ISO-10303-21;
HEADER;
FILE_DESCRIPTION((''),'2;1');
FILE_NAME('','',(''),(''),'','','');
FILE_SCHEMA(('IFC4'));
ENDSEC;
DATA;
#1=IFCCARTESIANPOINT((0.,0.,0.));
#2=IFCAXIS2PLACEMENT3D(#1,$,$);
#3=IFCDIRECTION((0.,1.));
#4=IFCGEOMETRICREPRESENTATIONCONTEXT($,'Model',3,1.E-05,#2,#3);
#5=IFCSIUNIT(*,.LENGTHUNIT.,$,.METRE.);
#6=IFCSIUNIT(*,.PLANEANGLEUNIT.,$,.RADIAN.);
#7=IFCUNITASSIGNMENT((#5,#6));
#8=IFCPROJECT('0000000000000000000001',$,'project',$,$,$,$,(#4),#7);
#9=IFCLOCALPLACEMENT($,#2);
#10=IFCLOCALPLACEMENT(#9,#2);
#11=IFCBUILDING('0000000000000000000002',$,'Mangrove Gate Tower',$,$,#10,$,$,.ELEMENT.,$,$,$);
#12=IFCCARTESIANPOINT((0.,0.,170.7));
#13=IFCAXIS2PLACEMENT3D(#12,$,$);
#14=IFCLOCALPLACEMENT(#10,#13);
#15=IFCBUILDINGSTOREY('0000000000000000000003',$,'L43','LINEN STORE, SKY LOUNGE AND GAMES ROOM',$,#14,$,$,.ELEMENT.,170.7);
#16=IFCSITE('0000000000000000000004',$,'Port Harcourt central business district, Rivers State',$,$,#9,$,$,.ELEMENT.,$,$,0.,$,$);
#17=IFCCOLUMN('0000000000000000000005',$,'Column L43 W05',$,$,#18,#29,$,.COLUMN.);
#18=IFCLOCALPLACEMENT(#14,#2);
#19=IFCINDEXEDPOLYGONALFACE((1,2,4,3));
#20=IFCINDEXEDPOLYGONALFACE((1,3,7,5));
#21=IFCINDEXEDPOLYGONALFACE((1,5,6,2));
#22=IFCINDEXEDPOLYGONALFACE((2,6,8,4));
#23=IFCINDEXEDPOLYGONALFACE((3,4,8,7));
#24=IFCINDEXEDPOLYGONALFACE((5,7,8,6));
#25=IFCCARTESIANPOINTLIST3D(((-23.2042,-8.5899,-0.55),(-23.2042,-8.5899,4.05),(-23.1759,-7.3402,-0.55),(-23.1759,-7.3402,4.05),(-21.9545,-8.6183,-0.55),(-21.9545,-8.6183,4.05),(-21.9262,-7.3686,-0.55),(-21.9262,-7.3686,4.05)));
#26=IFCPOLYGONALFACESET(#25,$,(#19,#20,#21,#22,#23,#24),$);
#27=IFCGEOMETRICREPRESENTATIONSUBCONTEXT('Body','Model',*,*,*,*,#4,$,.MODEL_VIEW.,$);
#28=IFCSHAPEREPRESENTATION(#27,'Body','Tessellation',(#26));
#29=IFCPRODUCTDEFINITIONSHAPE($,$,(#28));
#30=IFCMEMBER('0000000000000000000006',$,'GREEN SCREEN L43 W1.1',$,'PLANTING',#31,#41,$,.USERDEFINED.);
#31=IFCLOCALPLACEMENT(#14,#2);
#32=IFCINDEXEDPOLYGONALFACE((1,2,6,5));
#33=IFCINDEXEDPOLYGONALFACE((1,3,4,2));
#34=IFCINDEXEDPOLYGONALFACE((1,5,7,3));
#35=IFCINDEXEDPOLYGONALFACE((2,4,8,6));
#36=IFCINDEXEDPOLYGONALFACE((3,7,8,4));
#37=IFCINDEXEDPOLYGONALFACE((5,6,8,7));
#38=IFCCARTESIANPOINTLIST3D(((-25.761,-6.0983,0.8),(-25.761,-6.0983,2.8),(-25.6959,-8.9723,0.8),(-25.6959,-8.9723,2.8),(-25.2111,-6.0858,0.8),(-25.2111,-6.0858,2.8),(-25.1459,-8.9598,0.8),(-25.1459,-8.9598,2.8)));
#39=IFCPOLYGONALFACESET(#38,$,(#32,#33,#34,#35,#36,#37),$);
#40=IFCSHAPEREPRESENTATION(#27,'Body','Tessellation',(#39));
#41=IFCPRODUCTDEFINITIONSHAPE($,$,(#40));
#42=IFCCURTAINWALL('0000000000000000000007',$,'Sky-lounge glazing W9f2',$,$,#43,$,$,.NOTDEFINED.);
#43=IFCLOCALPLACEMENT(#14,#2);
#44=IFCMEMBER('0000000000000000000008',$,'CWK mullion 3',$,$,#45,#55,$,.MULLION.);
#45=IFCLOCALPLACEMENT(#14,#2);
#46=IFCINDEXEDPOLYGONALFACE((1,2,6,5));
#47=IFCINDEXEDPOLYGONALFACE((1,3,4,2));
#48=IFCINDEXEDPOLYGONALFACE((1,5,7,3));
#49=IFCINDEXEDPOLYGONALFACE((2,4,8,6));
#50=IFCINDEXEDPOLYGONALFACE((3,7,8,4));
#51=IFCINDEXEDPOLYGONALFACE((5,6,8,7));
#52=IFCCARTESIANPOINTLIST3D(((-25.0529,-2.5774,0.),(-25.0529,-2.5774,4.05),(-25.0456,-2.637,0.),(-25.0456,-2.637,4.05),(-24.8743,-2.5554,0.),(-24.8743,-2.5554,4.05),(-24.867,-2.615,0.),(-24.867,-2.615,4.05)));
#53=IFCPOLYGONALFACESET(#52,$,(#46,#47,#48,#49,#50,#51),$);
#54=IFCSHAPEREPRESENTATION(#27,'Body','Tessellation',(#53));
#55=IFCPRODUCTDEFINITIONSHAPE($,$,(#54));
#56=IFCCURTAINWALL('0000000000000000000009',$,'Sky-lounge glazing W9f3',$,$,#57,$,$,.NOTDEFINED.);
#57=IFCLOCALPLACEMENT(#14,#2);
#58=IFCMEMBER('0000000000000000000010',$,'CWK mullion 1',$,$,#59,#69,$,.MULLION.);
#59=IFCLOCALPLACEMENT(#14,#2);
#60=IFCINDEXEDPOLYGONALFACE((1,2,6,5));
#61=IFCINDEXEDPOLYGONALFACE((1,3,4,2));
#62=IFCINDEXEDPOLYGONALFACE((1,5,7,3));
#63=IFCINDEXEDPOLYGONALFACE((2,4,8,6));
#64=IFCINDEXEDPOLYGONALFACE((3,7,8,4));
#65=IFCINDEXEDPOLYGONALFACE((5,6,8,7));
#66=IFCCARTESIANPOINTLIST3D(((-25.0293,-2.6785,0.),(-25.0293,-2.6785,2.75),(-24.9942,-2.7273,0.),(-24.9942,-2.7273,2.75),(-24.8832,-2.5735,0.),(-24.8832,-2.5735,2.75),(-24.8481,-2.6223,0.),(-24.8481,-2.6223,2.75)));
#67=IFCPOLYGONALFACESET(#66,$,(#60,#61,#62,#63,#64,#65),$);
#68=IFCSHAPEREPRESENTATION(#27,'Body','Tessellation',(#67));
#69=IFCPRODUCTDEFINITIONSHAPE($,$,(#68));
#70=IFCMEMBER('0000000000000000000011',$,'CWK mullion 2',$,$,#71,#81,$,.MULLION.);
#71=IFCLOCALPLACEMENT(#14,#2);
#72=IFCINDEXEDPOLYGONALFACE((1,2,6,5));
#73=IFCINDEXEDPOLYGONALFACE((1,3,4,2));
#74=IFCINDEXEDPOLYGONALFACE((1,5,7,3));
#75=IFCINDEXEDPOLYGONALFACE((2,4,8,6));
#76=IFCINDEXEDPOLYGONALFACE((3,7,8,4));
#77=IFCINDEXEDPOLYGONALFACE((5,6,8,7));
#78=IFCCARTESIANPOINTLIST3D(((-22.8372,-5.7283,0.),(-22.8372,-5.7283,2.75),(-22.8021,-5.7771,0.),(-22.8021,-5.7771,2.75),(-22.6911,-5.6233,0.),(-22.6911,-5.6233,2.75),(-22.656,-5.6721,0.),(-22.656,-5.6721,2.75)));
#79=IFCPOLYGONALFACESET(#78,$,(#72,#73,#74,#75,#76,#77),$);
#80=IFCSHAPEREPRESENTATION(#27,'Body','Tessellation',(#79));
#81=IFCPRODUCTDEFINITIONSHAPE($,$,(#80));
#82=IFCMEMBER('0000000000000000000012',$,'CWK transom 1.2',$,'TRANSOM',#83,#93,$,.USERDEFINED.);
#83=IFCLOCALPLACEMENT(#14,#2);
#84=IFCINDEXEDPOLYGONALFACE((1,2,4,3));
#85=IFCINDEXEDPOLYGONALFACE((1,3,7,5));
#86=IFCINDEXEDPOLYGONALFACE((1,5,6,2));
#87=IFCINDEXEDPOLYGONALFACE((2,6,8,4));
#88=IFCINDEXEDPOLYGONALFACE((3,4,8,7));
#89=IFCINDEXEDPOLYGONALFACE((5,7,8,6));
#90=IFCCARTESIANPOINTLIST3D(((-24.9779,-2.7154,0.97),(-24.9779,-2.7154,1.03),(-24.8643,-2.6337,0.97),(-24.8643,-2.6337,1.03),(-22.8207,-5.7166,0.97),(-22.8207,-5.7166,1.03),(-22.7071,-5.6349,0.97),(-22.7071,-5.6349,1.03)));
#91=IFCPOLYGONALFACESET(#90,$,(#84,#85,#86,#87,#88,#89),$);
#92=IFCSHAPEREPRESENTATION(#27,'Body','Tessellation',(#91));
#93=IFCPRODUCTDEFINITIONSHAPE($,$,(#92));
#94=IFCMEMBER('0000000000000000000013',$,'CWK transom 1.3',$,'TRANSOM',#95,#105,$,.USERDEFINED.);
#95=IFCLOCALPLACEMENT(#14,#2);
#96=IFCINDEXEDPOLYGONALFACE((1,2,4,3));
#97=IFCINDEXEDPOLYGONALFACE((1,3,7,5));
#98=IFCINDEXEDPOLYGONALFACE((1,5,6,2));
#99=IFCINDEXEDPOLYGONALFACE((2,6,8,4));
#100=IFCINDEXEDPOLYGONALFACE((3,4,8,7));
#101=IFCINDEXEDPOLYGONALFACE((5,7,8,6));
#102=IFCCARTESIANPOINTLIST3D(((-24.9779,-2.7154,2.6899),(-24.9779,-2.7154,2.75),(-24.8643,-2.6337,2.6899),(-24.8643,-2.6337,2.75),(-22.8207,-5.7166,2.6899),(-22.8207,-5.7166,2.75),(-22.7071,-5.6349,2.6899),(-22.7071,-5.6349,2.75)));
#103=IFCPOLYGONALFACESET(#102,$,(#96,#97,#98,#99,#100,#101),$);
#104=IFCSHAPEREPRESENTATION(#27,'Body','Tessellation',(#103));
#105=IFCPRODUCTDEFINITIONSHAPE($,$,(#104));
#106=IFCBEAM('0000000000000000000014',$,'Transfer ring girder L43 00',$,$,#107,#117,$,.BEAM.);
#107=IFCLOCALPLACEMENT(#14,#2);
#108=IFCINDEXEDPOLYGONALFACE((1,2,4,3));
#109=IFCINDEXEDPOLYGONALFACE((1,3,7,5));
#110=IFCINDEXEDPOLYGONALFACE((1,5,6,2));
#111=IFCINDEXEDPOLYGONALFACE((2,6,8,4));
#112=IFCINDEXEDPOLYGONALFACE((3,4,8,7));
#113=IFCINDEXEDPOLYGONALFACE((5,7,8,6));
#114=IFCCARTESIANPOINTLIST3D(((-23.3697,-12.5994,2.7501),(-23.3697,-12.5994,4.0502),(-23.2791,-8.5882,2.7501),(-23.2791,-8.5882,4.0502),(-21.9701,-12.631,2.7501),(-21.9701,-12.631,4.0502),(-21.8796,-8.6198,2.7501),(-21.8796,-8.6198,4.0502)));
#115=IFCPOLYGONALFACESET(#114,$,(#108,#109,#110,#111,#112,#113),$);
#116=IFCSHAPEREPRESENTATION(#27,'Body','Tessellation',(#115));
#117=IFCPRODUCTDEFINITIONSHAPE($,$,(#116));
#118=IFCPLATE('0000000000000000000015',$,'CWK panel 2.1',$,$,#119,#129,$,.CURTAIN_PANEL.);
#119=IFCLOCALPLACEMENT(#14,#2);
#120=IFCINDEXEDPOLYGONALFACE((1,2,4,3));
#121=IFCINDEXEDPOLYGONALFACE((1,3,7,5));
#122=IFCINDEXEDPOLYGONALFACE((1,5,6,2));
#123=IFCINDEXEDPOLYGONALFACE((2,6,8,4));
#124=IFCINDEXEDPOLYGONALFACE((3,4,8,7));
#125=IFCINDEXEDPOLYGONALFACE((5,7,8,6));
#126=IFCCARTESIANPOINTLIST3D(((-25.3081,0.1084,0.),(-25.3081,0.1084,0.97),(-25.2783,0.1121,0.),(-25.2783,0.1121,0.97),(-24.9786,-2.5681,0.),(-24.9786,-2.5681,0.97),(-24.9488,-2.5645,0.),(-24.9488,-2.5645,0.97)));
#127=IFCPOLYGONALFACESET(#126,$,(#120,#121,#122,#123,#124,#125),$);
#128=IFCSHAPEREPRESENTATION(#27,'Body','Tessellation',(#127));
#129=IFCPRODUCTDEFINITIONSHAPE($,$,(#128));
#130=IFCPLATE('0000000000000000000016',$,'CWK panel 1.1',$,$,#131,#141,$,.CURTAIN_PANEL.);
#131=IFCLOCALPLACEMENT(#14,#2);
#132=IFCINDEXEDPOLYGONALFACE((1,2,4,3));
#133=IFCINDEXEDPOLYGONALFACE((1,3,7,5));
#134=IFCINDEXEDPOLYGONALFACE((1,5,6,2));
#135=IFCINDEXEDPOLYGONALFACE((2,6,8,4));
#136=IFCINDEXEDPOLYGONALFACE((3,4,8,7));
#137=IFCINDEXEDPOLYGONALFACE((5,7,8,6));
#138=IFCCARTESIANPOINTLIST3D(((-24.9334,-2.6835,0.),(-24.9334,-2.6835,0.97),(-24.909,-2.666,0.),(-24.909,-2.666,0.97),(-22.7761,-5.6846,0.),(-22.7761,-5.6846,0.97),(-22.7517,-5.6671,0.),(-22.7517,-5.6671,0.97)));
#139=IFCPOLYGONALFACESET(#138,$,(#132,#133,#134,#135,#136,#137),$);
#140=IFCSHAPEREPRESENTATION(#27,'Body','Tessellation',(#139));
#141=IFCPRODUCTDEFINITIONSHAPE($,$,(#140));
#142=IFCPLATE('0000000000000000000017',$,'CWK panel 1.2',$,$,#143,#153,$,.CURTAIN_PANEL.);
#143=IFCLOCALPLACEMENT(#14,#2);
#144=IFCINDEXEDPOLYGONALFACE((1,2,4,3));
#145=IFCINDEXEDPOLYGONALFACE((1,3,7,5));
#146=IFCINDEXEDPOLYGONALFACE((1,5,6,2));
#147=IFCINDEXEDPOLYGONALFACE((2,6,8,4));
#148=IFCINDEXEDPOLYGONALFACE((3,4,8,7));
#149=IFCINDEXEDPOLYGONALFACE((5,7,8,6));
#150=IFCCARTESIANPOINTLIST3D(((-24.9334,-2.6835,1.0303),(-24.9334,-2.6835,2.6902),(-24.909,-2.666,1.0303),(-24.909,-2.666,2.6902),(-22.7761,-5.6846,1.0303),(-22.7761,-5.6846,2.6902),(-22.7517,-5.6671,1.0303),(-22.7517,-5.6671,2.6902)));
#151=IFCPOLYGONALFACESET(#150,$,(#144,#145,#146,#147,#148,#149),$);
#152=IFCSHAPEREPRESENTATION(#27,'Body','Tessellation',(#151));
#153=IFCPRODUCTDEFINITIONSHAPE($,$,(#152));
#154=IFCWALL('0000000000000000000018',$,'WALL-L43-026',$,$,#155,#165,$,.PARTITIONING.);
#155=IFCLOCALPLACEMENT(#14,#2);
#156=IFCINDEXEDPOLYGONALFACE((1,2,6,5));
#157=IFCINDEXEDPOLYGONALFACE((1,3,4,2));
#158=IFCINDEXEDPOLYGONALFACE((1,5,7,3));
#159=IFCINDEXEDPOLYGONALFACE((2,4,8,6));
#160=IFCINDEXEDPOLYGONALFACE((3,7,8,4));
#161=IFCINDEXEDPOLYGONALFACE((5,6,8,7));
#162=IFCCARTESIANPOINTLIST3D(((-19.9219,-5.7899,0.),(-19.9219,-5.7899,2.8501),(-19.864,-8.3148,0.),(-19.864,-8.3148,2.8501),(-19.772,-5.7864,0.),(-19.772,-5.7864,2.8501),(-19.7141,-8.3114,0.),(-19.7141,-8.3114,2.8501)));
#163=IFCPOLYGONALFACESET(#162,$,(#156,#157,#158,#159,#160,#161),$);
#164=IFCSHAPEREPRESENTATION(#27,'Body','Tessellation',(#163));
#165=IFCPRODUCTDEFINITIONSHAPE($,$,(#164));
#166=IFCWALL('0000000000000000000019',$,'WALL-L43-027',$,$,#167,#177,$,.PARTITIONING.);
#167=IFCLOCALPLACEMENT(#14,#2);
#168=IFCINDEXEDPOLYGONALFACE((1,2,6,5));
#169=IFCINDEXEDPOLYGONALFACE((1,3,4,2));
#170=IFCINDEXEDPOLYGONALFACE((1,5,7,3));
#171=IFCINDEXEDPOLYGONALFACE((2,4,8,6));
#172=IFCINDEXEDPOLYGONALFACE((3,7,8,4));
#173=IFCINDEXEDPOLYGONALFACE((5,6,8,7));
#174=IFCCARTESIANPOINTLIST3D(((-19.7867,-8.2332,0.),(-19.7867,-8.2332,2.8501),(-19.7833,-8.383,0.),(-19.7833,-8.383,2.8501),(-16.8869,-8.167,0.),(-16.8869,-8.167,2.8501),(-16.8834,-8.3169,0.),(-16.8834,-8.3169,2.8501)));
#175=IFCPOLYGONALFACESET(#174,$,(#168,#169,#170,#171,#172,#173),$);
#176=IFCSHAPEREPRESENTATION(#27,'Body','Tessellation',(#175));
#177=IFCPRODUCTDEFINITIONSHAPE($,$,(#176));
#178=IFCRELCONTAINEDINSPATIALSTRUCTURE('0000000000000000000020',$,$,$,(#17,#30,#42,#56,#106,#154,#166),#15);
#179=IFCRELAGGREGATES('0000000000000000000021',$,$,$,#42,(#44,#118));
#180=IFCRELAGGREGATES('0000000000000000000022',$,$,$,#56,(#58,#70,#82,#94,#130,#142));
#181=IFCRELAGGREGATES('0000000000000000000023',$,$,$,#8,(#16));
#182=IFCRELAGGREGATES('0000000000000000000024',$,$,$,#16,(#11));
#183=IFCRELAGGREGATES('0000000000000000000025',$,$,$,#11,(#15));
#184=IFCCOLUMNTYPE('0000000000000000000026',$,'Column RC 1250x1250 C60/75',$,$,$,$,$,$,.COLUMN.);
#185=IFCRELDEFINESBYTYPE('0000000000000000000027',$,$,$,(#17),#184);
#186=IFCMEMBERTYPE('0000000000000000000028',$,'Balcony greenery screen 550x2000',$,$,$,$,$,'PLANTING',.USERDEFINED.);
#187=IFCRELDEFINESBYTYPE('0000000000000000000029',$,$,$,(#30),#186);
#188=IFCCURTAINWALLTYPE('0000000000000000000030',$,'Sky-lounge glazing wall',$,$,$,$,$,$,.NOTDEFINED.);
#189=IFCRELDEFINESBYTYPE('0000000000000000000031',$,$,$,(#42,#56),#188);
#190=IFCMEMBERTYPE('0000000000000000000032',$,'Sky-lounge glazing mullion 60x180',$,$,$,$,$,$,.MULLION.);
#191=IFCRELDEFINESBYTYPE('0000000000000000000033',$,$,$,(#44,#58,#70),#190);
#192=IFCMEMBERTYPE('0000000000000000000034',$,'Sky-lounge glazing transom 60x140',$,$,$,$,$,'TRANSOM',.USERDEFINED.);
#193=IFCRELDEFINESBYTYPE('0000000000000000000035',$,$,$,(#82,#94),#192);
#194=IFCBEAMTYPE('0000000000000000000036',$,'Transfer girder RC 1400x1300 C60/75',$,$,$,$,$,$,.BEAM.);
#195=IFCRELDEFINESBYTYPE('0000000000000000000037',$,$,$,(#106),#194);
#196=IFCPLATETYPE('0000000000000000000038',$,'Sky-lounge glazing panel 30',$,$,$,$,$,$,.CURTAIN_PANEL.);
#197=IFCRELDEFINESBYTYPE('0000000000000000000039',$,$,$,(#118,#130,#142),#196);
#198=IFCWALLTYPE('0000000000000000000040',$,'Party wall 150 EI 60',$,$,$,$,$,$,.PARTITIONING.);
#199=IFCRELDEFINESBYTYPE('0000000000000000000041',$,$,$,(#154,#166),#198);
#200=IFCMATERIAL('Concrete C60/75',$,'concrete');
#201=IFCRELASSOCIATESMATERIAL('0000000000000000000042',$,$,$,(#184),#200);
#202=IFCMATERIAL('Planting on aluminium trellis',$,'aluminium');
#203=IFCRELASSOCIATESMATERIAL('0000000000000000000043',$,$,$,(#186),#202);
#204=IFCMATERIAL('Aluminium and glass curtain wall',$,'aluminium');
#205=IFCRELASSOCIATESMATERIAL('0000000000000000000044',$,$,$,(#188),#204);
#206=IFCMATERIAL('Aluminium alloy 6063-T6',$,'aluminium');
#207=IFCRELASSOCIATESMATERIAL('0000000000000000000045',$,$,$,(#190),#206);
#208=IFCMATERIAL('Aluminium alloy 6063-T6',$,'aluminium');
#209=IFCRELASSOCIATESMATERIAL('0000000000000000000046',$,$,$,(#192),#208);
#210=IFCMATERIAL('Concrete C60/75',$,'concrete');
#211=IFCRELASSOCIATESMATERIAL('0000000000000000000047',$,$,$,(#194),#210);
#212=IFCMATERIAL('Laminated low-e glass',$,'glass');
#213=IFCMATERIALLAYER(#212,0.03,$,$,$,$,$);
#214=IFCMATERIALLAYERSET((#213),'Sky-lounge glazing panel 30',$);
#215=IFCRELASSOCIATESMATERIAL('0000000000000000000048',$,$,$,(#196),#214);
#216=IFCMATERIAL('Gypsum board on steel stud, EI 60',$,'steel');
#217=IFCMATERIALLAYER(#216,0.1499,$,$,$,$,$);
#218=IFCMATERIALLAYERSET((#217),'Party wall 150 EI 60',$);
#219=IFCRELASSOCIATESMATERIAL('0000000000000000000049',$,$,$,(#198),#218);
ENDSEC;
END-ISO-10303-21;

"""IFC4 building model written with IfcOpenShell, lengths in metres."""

from ifc_helpers import new_model, si_unit, direction, frame, frame_2d, origin, origin_2d, place, context, subcontext, project, spatial, rectangle, extrude, material, layer, layer_set, material_profile, profile_set, type_object, element, aggregate, save


model = new_model("IFC4")

# Units and contexts
model_context = context("Model", 3, precision=1e-05, world=origin(), true_north=direction((0.0, 1.0)))
body_context = subcontext(model_context, "Body", "Model", "MODEL_VIEW")
ifc_project = project(units=[si_unit("LENGTHUNIT", "METRE"), si_unit("PLANEANGLEUNIT", "RADIAN")], contexts=[model_context])

# Site, building, storey
site_placement = place(None, origin())
site = spatial("IfcSite", under=ifc_project, at=site_placement, Name="Port Harcourt central business district, Rivers State", CompositionType="ELEMENT", RefElevation=0.0)
building_placement = place(site_placement, origin())
building = spatial("IfcBuilding", under=site, at=building_placement, Name="Mangrove Gate Tower", CompositionType="ELEMENT")
storey_placement = place(building_placement, frame((0.0, 0.0, 170.7)))
storey = spatial("IfcBuildingStorey", under=building, at=storey_placement, Name="L43", Description="LINEN STORE, SKY LOUNGE AND GAMES ROOM", CompositionType="ELEMENT", Elevation=170.7)

# Column
ifc_material_1 = material(Name="Concrete C60/75", Category="concrete")
ifc_material_profile_1 = material_profile(ifc_material_1, rectangle(XDim=1.25, YDim=1.25, at=origin_2d()))
ifc_profile_set_1 = profile_set([ifc_material_profile_1], Name="Concrete C60/75")
column_type = type_object("IfcColumnType", Name="Column RC 1250x1250 C60/75", PredefinedType="COLUMN", material=ifc_profile_set_1)
column_placement = place(storey_placement, frame((-22.5652, -7.9792, -0.55), z_axis=(0.0, 0.0, 1.0), x_axis=(-0.022668, -0.999743, 0.0)))
element("IfcColumn", 1, at=column_placement, inside=storey, type_object=column_type, Name="Column L43 W05", PredefinedType="COLUMN", context=body_context, shape_type="SweptSolid", body=[
    extrude(rectangle(XDim=1.25, YDim=1.25, at=origin_2d()), origin(), (0.0, 0.0, 1.0), 4.6001),
])

# Member
ifc_material_2 = material(Name="Planting on aluminium trellis", Category="aluminium")
ifc_material_profile_2 = material_profile(ifc_material_2, rectangle(XDim=0.55, YDim=2.0, at=origin_2d()))
ifc_profile_set_2 = profile_set([ifc_material_profile_2], Name="Planting on aluminium trellis")
member_type_1 = type_object("IfcMemberType", Name="Balcony greenery screen 550x2000", ElementType="PLANTING", PredefinedType="USERDEFINED", material=ifc_profile_set_2)
member_1_placement = place(storey_placement, frame((-25.4209, -8.9661, 1.8), z_axis=(-0.022675, 0.999743, 0.0), x_axis=(-0.999743, -0.022675, 0.0)))
element("IfcMember", 2, at=member_1_placement, inside=storey, type_object=member_type_1, Name="GREEN SCREEN L43 W1.1", ObjectType="PLANTING", PredefinedType="USERDEFINED", context=body_context, shape_type="SweptSolid", body=[
    extrude(rectangle(XDim=0.55, YDim=2.0, at=origin_2d()), origin(), (0.0, 0.0, 1.0), 2.8748),
])

# Curtain wall, member
ifc_material_3 = material(Name="Aluminium and glass curtain wall", Category="aluminium")
curtain_wall_type = type_object("IfcCurtainWallType", Name="Sky-lounge glazing wall", PredefinedType="NOTDEFINED", material=ifc_material_3)
curtain_wall_1_placement = place(storey_placement, origin())
curtain_wall_1 = element("IfcCurtainWall", 3, at=curtain_wall_1_placement, inside=storey, type_object=curtain_wall_type, Name="Sky-lounge glazing W9f2", PredefinedType="NOTDEFINED")
ifc_material_4 = material(Name="Aluminium alloy 6063-T6", Category="aluminium")
ifc_material_profile_3 = material_profile(ifc_material_4, rectangle(XDim=0.0601, YDim=0.1799, at=origin_2d()))
ifc_profile_set_3 = profile_set([ifc_material_profile_3], Name="Aluminium alloy 6063-T6")
member_type_2 = type_object("IfcMemberType", Name="Sky-lounge glazing mullion 60x180", PredefinedType="MULLION", material=ifc_profile_set_3)
member_2_placement = place(storey_placement, frame((-24.96, -2.5962, 0.0), z_axis=(0.0, 0.0, 1.0), x_axis=(0.122172, -0.992509, 0.0)))
member_2 = element("IfcMember", 4, at=member_2_placement, type_object=member_type_2, Name="CWK mullion 3", PredefinedType="MULLION", context=body_context, shape_type="SweptSolid", body=[
    extrude(rectangle(XDim=0.0601, YDim=0.1799, at=origin_2d()), origin(), (0.0, 0.0, 1.0), 4.05),
])

# Curtain wall, members
curtain_wall_2_placement = place(storey_placement, origin())
curtain_wall_2 = element("IfcCurtainWall", 5, at=curtain_wall_2_placement, inside=storey, type_object=curtain_wall_type, Name="Sky-lounge glazing W9f3", PredefinedType="NOTDEFINED")
member_3_placement = place(storey_placement, frame((-24.9387, -2.6504, 0.0), z_axis=(0.0, 0.0, 1.0), x_axis=(0.58367, -0.811991, 0.0)))
member_3 = element("IfcMember", 6, at=member_3_placement, type_object=member_type_2, Name="CWK mullion 1", PredefinedType="MULLION", context=body_context, shape_type="SweptSolid", body=[
    extrude(rectangle(XDim=0.0601, YDim=0.1799, at=origin_2d()), origin(), (0.0, 0.0, 1.0), 2.75),
])
member_4_placement = place(storey_placement, frame((-22.7466, -5.7002, 0.0), z_axis=(0.0, 0.0, 1.0), x_axis=(0.58367, -0.811991, 0.0)))
member_4 = element("IfcMember", 7, at=member_4_placement, type_object=member_type_2, Name="CWK mullion 2", PredefinedType="MULLION", context=body_context, shape_type="SweptSolid", body=[
    extrude(rectangle(XDim=0.0601, YDim=0.1799, at=origin_2d()), origin(), (0.0, 0.0, 1.0), 2.75),
])
ifc_material_5 = material(Name="Aluminium alloy 6063-T6", Category="aluminium")
ifc_material_profile_4 = material_profile(ifc_material_5, rectangle(XDim=0.0601, YDim=0.1399, at=origin_2d()))
ifc_profile_set_4 = profile_set([ifc_material_profile_4], Name="Aluminium alloy 6063-T6")
member_type_3 = type_object("IfcMemberType", Name="Sky-lounge glazing transom 60x140", ElementType="TRANSOM", PredefinedType="USERDEFINED", material=ifc_profile_set_4)
member_5_placement = place(storey_placement, frame((-24.9211, -2.6746, 1.0), z_axis=(0.583654, -0.812003, 0.0), x_axis=(0.0, 0.0, 1.0)))
member_5 = element("IfcMember", 8, at=member_5_placement, type_object=member_type_3, Name="CWK transom 1.2", ObjectType="TRANSOM", PredefinedType="USERDEFINED", context=body_context, shape_type="SweptSolid", body=[
    extrude(rectangle(XDim=0.0601, YDim=0.1399, at=origin_2d()), origin(), (0.0, 0.0, 1.0), 3.696),
])
member_6_placement = place(storey_placement, frame((-24.9211, -2.6746, 2.72), z_axis=(0.583654, -0.812003, 0.0), x_axis=(0.0, 0.0, 1.0)))
member_6 = element("IfcMember", 9, at=member_6_placement, type_object=member_type_3, Name="CWK transom 1.3", ObjectType="TRANSOM", PredefinedType="USERDEFINED", context=body_context, shape_type="SweptSolid", body=[
    extrude(rectangle(XDim=0.0601, YDim=0.1399, at=origin_2d()), origin(), (0.0, 0.0, 1.0), 3.696),
])

# Beam
ifc_material_6 = material(Name="Concrete C60/75", Category="concrete")
ifc_material_profile_5 = material_profile(ifc_material_6, rectangle(XDim=1.3999, YDim=1.3, at=origin_2d()))
ifc_profile_set_5 = profile_set([ifc_material_profile_5], Name="Concrete C60/75")
beam_type = type_object("IfcBeamType", Name="Transfer girder RC 1400x1300 C60/75", PredefinedType="BEAM", material=ifc_profile_set_5)
beam_placement = place(storey_placement, frame((-22.5793, -8.604, 3.4001), z_axis=(-0.022575, -0.999745, 0.0), x_axis=(0.999745, -0.022575, 0.0)))
element("IfcBeam", 10, at=beam_placement, inside=storey, type_object=beam_type, Name="Transfer ring girder L43 00", PredefinedType="BEAM", context=body_context, shape_type="SweptSolid", body=[
    extrude(rectangle(XDim=1.3999, YDim=1.3, at=origin_2d()), origin(), (0.0, 0.0, 1.0), 4.0122),
])

# Plates
ifc_material_7 = material(Name="Laminated low-e glass", Category="glass")
ifc_layer_1 = layer(ifc_material_7, 0.03)
ifc_layer_set_1 = layer_set([ifc_layer_1], Name="Sky-lounge glazing panel 30")
plate_type = type_object("IfcPlateType", Name="Sky-lounge glazing panel 30", PredefinedType="CURTAIN_PANEL", material=ifc_layer_set_1)
plate_1_placement = place(storey_placement, frame((-25.1284, -1.228, 0.0), z_axis=(0.0, 0.0, 1.0), x_axis=(0.122172, -0.992509, 0.0)))
plate_1 = element("IfcPlate", 11, at=plate_1_placement, type_object=plate_type, Name="CWK panel 2.1", PredefinedType="CURTAIN_PANEL", context=body_context, shape_type="SweptSolid", body=[
    extrude(rectangle(XDim=2.6968, YDim=0.03, at=origin_2d()), origin(), (0.0, 0.0, 1.0), 0.97),
])
aggregate(curtain_wall_1, [member_2, plate_1])
plate_2_placement = place(storey_placement, frame((-23.8425, -4.1753, 0.0), z_axis=(0.0, 0.0, 1.0), x_axis=(0.58367, -0.811991, 0.0)))
plate_2 = element("IfcPlate", 12, at=plate_2_placement, type_object=plate_type, Name="CWK panel 1.1", PredefinedType="CURTAIN_PANEL", context=body_context, shape_type="SweptSolid", body=[
    extrude(rectangle(XDim=3.696, YDim=0.03, at=origin_2d()), origin(), (0.0, 0.0, 1.0), 0.97),
])
plate_3_placement = place(storey_placement, frame((-23.8425, -4.1753, 1.0303), z_axis=(0.0, 0.0, 1.0), x_axis=(0.58367, -0.811991, 0.0)))
plate_3 = element("IfcPlate", 13, at=plate_3_placement, type_object=plate_type, Name="CWK panel 1.2", PredefinedType="CURTAIN_PANEL", context=body_context, shape_type="SweptSolid", body=[
    extrude(rectangle(XDim=3.696, YDim=0.03, at=origin_2d()), origin(), (0.0, 0.0, 1.0), 1.6599),
])
aggregate(curtain_wall_2, [member_3, member_4, member_5, member_6, plate_2, plate_3])

# Walls
ifc_material_8 = material(Name="Gypsum board on steel stud, EI 60", Category="steel")
ifc_layer_2 = layer(ifc_material_8, 0.1499)
ifc_layer_set_2 = layer_set([ifc_layer_2], Name="Party wall 150 EI 60")
wall_type_1 = type_object("IfcWallType", Name="Party wall 150 EI 60", PredefinedType="PARTITIONING", material=ifc_layer_set_2)
wall_1_placement = place(storey_placement, frame((-19.7891, -8.313, 0.0), z_axis=(0.0, 0.0, 1.0), x_axis=(-0.02291, 0.999738, 0.0)))
element("IfcWall", 14, at=wall_1_placement, inside=storey, type_object=wall_type_1, Name="WALL-L43-026", PredefinedType="PARTITIONING", context=body_context, shape_type="SweptSolid", body=[
    extrude(rectangle(XDim=2.5256, YDim=0.1499, at=frame_2d((1.2627, 0.0))), origin(), (0.0, 0.0, 1.0), 2.8501),
])
wall_2_placement = place(storey_placement, frame((-19.7849, -8.3081, 0.0), z_axis=(0.0, 0.0, 1.0), x_axis=(0.99974, 0.022809, 0.0)))
element("IfcWall", 15, at=wall_2_placement, inside=storey, type_object=wall_type_1, Name="WALL-L43-027", PredefinedType="PARTITIONING", context=body_context, shape_type="SweptSolid", body=[
    extrude(rectangle(XDim=2.9006, YDim=0.1499, at=frame_2d((1.4502, 0.0))), origin(), (0.0, 0.0, 1.0), 2.8501),
])

save(model, "model.ifc")
